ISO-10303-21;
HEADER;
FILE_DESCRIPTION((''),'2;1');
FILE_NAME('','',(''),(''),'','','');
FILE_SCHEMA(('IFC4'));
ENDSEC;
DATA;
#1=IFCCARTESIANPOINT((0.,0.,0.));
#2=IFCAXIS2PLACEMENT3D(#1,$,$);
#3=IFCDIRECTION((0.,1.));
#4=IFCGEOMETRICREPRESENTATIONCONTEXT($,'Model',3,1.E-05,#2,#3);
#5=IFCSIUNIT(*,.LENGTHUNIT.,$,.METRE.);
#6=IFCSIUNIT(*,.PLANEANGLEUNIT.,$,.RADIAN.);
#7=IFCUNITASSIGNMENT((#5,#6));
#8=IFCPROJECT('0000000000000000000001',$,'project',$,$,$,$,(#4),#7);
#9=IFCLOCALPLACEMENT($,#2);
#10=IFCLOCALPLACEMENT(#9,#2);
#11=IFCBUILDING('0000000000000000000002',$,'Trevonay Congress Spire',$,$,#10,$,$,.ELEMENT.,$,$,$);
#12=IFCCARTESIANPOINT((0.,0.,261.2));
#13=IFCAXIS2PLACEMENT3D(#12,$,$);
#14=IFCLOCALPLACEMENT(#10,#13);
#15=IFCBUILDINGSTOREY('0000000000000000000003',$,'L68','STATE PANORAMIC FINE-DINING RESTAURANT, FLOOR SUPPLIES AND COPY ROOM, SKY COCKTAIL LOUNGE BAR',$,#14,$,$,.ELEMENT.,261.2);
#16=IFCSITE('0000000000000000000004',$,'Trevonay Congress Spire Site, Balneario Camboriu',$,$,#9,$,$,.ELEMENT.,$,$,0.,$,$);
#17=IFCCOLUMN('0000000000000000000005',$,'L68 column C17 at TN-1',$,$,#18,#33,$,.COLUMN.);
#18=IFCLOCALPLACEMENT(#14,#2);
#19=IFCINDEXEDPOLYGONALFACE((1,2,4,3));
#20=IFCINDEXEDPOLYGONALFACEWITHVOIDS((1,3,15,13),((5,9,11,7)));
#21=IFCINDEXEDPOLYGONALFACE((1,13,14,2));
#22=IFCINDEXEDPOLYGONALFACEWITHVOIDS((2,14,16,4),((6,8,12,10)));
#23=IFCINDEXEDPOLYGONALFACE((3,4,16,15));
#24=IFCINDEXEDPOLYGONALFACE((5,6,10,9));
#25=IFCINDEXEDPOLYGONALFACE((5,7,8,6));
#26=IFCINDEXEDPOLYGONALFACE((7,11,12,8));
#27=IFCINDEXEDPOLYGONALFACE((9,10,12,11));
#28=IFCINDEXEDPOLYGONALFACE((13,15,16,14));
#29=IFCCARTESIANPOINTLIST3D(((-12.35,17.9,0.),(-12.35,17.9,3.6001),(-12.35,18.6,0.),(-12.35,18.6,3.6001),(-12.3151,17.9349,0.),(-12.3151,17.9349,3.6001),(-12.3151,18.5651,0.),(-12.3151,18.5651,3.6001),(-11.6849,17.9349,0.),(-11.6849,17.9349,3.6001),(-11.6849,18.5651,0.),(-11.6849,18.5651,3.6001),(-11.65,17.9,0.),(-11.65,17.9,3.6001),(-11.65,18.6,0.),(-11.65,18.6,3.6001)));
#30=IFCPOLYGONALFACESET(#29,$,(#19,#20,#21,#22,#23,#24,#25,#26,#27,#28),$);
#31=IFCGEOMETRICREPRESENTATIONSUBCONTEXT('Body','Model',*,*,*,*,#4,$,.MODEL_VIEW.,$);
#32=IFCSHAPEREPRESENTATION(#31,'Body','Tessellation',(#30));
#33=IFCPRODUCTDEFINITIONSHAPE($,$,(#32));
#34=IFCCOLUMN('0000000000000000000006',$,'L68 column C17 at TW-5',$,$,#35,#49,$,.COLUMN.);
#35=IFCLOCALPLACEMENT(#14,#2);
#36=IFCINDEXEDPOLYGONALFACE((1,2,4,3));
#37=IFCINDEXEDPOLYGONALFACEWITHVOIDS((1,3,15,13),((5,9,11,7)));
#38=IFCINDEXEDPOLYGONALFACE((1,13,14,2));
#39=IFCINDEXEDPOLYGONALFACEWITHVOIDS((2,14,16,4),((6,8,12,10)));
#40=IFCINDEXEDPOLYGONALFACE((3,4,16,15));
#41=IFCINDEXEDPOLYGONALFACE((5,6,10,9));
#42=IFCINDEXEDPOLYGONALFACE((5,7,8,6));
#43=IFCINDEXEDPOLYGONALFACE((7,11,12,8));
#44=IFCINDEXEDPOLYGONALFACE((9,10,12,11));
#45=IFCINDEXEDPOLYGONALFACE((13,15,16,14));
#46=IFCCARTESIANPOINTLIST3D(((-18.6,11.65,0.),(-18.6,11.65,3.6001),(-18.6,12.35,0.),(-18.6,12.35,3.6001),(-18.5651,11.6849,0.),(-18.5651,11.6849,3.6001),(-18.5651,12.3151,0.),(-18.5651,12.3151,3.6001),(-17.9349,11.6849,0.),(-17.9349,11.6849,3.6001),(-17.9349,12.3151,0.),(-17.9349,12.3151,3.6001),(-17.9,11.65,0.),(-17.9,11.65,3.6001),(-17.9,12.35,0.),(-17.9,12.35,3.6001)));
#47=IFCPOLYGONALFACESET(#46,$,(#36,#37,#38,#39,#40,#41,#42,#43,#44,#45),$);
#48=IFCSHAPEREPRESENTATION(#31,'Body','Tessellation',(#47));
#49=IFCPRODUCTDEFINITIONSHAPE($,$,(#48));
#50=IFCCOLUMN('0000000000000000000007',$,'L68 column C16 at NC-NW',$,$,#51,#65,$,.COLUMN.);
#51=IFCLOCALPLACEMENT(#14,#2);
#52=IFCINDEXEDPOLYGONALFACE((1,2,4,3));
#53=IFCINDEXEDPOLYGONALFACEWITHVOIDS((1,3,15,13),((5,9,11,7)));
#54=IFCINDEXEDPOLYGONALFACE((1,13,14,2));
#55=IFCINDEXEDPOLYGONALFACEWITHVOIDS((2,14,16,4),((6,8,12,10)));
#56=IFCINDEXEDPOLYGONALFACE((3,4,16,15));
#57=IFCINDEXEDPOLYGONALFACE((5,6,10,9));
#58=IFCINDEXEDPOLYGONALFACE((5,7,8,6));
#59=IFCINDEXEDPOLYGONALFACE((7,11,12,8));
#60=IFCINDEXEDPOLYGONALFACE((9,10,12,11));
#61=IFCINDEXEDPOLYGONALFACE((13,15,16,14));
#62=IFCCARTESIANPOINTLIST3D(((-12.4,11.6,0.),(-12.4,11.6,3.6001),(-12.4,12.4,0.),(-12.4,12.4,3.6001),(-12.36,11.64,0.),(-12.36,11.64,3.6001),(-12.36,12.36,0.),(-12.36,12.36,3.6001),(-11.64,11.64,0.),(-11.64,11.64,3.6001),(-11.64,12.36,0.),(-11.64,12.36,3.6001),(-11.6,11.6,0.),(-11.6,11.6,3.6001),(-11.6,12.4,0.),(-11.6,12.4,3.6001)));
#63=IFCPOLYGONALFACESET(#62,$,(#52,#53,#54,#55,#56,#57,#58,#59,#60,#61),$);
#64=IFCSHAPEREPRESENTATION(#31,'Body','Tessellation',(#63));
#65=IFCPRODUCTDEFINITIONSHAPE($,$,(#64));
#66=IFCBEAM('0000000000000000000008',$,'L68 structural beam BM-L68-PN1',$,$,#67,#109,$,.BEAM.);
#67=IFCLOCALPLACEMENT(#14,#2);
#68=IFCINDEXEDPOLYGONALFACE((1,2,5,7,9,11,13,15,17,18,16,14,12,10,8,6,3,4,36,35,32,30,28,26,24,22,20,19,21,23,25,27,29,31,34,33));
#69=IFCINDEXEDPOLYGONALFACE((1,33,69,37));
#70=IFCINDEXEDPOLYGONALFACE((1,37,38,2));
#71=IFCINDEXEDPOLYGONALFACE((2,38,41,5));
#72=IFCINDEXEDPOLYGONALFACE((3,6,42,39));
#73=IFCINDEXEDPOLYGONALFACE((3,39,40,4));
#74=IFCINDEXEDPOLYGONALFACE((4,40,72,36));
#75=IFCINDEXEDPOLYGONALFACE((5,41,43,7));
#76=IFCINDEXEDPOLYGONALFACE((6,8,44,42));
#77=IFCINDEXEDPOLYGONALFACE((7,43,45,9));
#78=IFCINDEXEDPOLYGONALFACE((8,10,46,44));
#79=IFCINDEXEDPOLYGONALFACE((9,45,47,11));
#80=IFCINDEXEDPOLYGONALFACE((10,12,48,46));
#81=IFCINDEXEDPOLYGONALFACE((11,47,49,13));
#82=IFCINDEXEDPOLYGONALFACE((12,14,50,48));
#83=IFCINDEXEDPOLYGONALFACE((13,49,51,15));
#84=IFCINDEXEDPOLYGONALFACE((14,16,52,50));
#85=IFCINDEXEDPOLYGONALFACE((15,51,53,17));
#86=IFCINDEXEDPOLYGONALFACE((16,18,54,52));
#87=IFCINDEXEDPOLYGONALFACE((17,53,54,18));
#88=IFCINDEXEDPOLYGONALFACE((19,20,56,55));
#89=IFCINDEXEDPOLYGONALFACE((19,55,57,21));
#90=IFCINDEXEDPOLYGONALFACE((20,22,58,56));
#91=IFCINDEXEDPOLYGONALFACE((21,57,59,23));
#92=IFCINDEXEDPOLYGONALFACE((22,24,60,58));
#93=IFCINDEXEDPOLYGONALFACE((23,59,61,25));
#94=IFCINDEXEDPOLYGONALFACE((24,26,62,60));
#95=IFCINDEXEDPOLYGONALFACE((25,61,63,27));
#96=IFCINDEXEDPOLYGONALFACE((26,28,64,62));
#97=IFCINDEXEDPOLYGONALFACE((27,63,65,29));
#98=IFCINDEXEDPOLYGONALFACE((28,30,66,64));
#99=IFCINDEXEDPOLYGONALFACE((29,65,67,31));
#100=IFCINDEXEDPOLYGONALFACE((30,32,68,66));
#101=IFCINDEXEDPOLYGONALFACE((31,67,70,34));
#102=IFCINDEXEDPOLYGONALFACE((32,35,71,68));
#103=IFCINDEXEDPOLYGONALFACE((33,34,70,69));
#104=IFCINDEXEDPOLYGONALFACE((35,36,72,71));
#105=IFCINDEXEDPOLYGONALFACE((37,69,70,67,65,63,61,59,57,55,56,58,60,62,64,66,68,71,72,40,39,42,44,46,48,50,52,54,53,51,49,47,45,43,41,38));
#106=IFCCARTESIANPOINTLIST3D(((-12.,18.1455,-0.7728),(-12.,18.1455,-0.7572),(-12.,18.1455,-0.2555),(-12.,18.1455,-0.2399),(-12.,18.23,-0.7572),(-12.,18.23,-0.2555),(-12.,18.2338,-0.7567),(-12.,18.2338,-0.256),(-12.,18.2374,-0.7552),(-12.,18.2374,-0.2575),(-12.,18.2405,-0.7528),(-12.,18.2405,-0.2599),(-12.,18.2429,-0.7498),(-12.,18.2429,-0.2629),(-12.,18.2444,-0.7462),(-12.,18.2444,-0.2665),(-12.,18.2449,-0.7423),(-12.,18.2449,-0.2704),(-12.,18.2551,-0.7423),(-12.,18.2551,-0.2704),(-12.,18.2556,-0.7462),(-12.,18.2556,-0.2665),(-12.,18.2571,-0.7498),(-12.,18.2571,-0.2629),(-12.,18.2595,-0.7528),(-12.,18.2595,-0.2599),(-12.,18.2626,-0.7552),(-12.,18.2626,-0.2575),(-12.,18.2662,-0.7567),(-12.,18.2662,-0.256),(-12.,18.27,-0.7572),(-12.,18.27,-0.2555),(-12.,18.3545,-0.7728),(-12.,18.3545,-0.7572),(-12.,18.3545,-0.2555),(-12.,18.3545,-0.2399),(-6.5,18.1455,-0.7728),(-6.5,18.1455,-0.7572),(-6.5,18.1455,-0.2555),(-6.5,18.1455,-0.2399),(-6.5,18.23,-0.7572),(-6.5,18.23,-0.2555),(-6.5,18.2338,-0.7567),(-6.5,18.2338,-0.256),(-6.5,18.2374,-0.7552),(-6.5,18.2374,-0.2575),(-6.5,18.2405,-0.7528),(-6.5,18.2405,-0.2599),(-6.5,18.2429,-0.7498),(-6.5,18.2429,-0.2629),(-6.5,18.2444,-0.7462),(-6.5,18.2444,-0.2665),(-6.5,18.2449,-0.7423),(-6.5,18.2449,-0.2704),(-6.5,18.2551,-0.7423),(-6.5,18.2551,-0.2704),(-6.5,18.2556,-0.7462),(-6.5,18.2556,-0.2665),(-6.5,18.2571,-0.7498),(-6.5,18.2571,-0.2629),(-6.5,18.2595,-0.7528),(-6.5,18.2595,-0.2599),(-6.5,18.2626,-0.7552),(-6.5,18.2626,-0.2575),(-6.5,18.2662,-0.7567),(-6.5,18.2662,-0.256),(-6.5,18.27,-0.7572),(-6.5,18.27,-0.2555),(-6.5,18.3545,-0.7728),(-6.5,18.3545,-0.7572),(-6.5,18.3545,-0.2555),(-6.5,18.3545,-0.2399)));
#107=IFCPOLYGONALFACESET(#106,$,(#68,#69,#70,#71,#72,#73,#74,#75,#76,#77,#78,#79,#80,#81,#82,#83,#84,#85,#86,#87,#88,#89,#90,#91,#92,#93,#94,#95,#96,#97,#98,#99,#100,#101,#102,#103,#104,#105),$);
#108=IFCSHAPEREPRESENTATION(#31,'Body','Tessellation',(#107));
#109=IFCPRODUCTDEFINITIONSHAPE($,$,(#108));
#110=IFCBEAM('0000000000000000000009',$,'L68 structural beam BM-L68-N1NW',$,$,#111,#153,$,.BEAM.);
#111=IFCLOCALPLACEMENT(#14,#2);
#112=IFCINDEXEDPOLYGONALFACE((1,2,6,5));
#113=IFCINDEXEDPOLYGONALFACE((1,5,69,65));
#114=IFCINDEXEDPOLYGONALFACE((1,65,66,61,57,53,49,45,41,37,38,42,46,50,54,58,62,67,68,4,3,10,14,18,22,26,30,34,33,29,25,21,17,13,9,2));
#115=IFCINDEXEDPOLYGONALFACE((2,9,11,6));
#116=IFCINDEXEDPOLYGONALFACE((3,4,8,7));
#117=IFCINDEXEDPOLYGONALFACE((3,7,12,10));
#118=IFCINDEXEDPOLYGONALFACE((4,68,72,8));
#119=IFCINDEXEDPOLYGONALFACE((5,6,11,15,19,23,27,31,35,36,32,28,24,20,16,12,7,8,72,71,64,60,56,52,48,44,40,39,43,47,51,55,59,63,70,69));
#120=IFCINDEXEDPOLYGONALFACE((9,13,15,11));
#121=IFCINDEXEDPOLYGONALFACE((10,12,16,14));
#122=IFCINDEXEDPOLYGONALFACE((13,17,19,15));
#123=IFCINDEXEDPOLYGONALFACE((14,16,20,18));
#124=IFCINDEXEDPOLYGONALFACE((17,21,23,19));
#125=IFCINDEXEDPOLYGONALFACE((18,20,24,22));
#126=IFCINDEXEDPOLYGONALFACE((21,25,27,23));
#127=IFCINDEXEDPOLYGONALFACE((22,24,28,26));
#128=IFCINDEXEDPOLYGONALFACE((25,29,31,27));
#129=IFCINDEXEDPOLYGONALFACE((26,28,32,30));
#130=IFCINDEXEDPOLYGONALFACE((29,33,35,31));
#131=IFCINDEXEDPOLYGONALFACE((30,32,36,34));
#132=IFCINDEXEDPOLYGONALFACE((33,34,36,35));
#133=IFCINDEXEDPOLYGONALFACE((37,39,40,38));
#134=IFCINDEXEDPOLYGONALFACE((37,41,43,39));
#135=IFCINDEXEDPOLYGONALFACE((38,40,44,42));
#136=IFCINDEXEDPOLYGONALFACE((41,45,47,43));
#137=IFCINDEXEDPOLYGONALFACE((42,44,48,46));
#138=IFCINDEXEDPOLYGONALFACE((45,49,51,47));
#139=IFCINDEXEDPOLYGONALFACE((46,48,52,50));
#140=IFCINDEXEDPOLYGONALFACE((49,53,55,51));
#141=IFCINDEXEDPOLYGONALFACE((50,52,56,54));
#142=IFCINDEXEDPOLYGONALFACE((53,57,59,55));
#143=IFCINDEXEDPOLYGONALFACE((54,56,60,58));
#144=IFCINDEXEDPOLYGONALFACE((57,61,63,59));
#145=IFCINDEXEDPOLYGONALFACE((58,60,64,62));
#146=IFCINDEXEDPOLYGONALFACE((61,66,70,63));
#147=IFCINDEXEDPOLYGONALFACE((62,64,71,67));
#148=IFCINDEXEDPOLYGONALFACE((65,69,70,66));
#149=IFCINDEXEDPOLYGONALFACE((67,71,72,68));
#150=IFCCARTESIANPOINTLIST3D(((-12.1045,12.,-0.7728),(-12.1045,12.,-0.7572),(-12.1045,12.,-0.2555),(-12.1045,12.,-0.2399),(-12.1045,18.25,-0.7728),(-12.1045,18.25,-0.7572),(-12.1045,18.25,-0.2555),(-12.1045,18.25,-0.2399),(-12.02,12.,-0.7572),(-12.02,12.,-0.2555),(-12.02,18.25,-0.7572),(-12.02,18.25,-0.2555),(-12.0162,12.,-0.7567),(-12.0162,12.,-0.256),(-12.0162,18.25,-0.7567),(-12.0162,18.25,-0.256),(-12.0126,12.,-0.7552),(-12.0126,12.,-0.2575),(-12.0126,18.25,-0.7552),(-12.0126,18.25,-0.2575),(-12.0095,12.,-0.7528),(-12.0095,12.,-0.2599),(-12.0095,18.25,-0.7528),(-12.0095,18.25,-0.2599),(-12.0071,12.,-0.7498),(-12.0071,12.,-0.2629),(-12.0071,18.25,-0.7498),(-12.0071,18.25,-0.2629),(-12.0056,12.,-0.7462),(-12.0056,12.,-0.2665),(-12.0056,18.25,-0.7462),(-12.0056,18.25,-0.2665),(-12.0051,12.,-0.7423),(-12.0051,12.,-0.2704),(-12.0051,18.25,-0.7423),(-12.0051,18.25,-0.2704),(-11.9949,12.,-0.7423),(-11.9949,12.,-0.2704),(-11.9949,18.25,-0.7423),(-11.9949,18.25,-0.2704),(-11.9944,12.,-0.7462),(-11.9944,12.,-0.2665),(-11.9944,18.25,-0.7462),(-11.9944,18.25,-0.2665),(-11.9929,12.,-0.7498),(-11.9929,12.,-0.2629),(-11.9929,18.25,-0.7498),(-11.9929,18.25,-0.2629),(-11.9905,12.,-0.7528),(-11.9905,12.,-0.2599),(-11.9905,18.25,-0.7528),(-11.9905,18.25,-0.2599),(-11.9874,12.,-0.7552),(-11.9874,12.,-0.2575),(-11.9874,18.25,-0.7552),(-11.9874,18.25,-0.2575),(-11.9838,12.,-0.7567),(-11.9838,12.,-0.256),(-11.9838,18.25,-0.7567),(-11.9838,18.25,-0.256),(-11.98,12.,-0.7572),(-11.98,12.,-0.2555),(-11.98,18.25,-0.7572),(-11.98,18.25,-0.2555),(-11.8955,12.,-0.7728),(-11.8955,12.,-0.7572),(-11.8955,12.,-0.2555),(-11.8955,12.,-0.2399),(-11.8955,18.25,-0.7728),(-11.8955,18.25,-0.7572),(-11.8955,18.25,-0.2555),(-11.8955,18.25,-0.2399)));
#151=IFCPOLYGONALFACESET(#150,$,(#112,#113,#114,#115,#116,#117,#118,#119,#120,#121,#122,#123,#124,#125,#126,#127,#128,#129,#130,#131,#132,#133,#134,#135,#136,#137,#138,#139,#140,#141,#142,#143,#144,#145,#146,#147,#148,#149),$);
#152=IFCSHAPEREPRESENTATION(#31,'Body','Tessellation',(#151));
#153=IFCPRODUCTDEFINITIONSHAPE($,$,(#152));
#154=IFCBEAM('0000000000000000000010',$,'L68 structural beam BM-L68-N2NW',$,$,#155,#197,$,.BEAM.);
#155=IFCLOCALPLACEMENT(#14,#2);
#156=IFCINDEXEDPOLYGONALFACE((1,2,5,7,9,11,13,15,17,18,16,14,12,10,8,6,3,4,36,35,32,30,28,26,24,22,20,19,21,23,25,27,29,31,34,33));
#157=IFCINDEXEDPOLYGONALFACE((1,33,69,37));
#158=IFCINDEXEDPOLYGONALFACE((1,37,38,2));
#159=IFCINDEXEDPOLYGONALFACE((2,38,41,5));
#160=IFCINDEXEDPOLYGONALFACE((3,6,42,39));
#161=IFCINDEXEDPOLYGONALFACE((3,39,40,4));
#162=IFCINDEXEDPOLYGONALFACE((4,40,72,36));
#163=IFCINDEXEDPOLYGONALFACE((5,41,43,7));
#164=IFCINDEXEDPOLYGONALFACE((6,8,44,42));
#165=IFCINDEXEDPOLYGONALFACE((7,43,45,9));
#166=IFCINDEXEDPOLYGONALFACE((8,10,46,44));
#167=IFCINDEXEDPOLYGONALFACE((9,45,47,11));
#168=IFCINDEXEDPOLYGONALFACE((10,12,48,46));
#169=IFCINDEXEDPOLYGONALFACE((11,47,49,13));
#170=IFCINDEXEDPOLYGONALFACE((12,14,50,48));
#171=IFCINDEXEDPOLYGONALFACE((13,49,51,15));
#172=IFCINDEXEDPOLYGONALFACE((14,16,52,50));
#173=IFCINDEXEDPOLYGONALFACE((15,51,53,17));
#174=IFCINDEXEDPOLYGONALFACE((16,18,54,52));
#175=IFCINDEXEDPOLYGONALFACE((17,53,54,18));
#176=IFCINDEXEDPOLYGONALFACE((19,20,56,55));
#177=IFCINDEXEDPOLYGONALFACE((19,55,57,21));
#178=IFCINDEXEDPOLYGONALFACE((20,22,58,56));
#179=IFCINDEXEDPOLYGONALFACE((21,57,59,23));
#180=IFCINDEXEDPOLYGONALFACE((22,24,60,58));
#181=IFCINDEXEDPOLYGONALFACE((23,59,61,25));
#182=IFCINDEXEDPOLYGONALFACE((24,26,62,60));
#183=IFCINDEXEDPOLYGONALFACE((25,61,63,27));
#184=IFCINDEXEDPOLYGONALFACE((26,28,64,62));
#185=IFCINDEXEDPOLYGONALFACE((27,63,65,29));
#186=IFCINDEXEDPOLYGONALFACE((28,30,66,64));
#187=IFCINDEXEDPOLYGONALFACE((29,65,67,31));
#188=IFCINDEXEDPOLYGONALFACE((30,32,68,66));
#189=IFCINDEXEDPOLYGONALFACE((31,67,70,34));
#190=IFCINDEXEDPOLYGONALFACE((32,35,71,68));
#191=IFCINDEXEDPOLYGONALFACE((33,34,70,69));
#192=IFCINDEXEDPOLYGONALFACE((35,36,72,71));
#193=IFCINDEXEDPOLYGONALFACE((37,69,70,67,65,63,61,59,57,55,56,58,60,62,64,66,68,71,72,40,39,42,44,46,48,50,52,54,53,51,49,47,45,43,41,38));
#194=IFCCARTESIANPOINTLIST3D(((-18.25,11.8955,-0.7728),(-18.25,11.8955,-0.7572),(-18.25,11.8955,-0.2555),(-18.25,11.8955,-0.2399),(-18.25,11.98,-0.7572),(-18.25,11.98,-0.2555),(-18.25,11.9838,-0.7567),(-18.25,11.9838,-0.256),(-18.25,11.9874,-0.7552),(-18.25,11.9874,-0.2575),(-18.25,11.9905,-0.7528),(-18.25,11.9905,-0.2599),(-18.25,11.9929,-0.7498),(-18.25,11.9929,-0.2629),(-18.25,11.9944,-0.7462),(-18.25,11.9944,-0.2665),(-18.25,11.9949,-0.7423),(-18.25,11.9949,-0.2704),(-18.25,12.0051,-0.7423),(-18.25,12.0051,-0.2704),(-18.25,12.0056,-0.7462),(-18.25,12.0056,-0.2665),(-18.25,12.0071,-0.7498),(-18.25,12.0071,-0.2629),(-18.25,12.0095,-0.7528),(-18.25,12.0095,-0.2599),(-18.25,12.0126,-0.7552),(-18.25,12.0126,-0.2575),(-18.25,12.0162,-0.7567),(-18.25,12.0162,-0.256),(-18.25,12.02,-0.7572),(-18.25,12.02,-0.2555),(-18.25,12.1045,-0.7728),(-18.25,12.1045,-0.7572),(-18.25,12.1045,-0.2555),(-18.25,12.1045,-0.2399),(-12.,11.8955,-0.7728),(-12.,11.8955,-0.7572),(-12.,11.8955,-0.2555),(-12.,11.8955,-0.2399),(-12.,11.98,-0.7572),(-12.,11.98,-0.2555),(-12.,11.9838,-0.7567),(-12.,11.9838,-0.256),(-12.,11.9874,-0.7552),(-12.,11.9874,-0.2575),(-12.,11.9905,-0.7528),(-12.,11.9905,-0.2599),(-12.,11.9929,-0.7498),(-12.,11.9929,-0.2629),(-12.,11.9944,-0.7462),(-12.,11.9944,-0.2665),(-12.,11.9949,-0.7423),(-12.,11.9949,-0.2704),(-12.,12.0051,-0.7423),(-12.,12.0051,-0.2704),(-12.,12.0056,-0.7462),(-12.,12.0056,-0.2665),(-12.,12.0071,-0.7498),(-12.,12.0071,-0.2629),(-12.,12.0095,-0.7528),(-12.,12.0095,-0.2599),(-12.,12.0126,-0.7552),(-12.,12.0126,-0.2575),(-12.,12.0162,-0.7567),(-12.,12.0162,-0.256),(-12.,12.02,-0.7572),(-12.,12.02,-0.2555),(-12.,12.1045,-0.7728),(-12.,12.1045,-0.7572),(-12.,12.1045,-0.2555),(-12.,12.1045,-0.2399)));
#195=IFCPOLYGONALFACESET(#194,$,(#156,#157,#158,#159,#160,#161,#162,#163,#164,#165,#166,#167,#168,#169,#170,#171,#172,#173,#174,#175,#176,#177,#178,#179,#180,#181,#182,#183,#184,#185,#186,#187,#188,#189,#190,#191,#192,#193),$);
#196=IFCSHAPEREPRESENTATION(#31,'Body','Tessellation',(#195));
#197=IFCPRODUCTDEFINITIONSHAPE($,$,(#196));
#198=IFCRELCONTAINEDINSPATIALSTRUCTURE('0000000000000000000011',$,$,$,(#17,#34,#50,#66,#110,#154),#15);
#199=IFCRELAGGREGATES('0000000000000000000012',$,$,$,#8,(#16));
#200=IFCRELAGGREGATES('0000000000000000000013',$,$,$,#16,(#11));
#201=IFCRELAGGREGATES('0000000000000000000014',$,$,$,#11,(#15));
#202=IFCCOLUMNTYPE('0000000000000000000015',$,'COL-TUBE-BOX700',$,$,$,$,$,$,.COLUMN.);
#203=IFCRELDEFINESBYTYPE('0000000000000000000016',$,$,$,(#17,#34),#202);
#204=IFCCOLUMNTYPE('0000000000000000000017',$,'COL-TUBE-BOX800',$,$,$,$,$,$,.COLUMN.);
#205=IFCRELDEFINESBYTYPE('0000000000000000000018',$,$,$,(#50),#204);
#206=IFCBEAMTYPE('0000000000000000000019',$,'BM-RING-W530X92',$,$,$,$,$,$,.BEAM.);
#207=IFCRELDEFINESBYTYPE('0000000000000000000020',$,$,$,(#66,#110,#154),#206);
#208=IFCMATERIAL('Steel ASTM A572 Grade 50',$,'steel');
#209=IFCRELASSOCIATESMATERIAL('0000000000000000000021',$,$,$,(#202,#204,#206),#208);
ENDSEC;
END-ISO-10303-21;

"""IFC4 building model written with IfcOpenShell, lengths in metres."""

from ifc_helpers import new_model, si_unit, direction, frame, origin, origin_2d, place, context, subcontext, project, spatial, hollow_rectangle, i_section, extrude, material, material_profile, profile_set, type_object, element, save


model = new_model("IFC4")

# Units and contexts
model_context = context("Model", 3, precision=1e-05, world=origin(), true_north=direction((0.0, 1.0)))
body_context = subcontext(model_context, "Body", "Model", "MODEL_VIEW")
ifc_project = project(units=[si_unit("LENGTHUNIT", "METRE"), si_unit("PLANEANGLEUNIT", "RADIAN")], contexts=[model_context])

# Site, building, storey
site_placement = place(None, origin())
site = spatial("IfcSite", under=ifc_project, at=site_placement, Name="Trevonay Congress Spire Site, Balneario Camboriu", CompositionType="ELEMENT", RefElevation=0.0)
building_placement = place(site_placement, origin())
building = spatial("IfcBuilding", under=site, at=building_placement, Name="Trevonay Congress Spire", CompositionType="ELEMENT")
storey_placement = place(building_placement, frame((0.0, 0.0, 261.2)))
storey = spatial("IfcBuildingStorey", under=building, at=storey_placement, Name="L68", Description="STATE PANORAMIC FINE-DINING RESTAURANT, FLOOR SUPPLIES AND COPY ROOM, SKY COCKTAIL LOUNGE BAR", CompositionType="ELEMENT", Elevation=261.2)

# Columns
ifc_material_1 = material(Name="Steel ASTM A572 Grade 50", Category="steel")
ifc_material_profile_1 = material_profile(ifc_material_1, hollow_rectangle(XDim=0.7, YDim=0.7, WallThickness=0.0349, at=origin_2d()), Name="BOX 700x700x35")
ifc_profile_set_1 = profile_set([ifc_material_profile_1], Name="Steel ASTM A572 Grade 50")
column_type_1 = type_object("IfcColumnType", Name="COL-TUBE-BOX700", PredefinedType="COLUMN", material=ifc_profile_set_1)
for number, where, z_axis, x_axis, name in (
    (1, (-12.0, 18.25, 0.0), (0.0, 0.0, 1.0), (1.0, 0.0, 0.0), "L68 column C17 at TN-1"),
    (2, (-18.25, 12.0, 0.0), (0.0, 0.0, 1.0), (1.0, 0.0, 0.0), "L68 column C17 at TW-5"),
):
    element("IfcColumn", number, at=place(storey_placement, frame(where, z_axis=z_axis, x_axis=x_axis)), inside=storey, type_object=column_type_1, Name=name, PredefinedType="COLUMN", context=body_context, shape_type="SweptSolid", body=[
        extrude(hollow_rectangle(XDim=0.7, YDim=0.7, WallThickness=0.0349, at=origin_2d()), origin(), (0.0, 0.0, 1.0), 3.6001),
    ])
ifc_material_profile_2 = material_profile(ifc_material_1, hollow_rectangle(XDim=0.8, YDim=0.8, WallThickness=0.04, at=origin_2d()), Name="BOX 800x800x40")
ifc_profile_set_2 = profile_set([ifc_material_profile_2], Name="Steel ASTM A572 Grade 50")
column_type_2 = type_object("IfcColumnType", Name="COL-TUBE-BOX800", PredefinedType="COLUMN", material=ifc_profile_set_2)
column_placement = place(storey_placement, frame((-12.0, 12.0, 0.0), z_axis=(0.0, 0.0, 1.0), x_axis=(1.0, 0.0, 0.0)))
element("IfcColumn", 3, at=column_placement, inside=storey, type_object=column_type_2, Name="L68 column C16 at NC-NW", PredefinedType="COLUMN", context=body_context, shape_type="SweptSolid", body=[
    extrude(hollow_rectangle(XDim=0.8, YDim=0.8, WallThickness=0.04, at=origin_2d()), origin(), (0.0, 0.0, 1.0), 3.6001),
])

# Beams
ifc_material_profile_3 = material_profile(ifc_material_1, i_section(OverallWidth=0.209, OverallDepth=0.533, WebThickness=0.0103, FlangeThickness=0.0156, FilletRadius=0.0149, at=origin_2d()), Name="W530x92")
ifc_profile_set_3 = profile_set([ifc_material_profile_3], Name="Steel ASTM A572 Grade 50")
beam_type_1 = type_object("IfcBeamType", Name="BM-RING-W530X92", PredefinedType="BEAM", material=ifc_profile_set_3)
beam_1_placement = place(storey_placement, frame((-12.0, 18.25, -0.5063), z_axis=(1.0, 0.0, 0.0), x_axis=(0.0, 1.0, 0.0)))
element("IfcBeam", 4, at=beam_1_placement, inside=storey, type_object=beam_type_1, Name="L68 structural beam BM-L68-PN1", PredefinedType="BEAM", context=body_context, shape_type="SweptSolid", body=[
    extrude(i_section(OverallWidth=0.209, OverallDepth=0.533, WebThickness=0.0103, FlangeThickness=0.0156, FilletRadius=0.0149, at=origin_2d()), origin(), (0.0, 0.0, 1.0), 5.5),
])
for number, where, z_axis, x_axis, name in (
    (5, (-12.0, 18.25, -0.5063), (0.0, -1.0, 0.0), (1.0, 0.0, 0.0), "L68 structural beam BM-L68-N1NW"),
    (6, (-18.25, 12.0, -0.5063), (1.0, 0.0, 0.0), (0.0, 1.0, 0.0), "L68 structural beam BM-L68-N2NW"),
):
    element("IfcBeam", number, at=place(storey_placement, frame(where, z_axis=z_axis, x_axis=x_axis)), inside=storey, type_object=beam_type_1, Name=name, PredefinedType="BEAM", context=body_context, shape_type="SweptSolid", body=[
        extrude(i_section(OverallWidth=0.209, OverallDepth=0.533, WebThickness=0.0103, FlangeThickness=0.0156, FilletRadius=0.0149, at=origin_2d()), origin(), (0.0, 0.0, 1.0), 6.25),
    ])

save(model, "model.ifc")
